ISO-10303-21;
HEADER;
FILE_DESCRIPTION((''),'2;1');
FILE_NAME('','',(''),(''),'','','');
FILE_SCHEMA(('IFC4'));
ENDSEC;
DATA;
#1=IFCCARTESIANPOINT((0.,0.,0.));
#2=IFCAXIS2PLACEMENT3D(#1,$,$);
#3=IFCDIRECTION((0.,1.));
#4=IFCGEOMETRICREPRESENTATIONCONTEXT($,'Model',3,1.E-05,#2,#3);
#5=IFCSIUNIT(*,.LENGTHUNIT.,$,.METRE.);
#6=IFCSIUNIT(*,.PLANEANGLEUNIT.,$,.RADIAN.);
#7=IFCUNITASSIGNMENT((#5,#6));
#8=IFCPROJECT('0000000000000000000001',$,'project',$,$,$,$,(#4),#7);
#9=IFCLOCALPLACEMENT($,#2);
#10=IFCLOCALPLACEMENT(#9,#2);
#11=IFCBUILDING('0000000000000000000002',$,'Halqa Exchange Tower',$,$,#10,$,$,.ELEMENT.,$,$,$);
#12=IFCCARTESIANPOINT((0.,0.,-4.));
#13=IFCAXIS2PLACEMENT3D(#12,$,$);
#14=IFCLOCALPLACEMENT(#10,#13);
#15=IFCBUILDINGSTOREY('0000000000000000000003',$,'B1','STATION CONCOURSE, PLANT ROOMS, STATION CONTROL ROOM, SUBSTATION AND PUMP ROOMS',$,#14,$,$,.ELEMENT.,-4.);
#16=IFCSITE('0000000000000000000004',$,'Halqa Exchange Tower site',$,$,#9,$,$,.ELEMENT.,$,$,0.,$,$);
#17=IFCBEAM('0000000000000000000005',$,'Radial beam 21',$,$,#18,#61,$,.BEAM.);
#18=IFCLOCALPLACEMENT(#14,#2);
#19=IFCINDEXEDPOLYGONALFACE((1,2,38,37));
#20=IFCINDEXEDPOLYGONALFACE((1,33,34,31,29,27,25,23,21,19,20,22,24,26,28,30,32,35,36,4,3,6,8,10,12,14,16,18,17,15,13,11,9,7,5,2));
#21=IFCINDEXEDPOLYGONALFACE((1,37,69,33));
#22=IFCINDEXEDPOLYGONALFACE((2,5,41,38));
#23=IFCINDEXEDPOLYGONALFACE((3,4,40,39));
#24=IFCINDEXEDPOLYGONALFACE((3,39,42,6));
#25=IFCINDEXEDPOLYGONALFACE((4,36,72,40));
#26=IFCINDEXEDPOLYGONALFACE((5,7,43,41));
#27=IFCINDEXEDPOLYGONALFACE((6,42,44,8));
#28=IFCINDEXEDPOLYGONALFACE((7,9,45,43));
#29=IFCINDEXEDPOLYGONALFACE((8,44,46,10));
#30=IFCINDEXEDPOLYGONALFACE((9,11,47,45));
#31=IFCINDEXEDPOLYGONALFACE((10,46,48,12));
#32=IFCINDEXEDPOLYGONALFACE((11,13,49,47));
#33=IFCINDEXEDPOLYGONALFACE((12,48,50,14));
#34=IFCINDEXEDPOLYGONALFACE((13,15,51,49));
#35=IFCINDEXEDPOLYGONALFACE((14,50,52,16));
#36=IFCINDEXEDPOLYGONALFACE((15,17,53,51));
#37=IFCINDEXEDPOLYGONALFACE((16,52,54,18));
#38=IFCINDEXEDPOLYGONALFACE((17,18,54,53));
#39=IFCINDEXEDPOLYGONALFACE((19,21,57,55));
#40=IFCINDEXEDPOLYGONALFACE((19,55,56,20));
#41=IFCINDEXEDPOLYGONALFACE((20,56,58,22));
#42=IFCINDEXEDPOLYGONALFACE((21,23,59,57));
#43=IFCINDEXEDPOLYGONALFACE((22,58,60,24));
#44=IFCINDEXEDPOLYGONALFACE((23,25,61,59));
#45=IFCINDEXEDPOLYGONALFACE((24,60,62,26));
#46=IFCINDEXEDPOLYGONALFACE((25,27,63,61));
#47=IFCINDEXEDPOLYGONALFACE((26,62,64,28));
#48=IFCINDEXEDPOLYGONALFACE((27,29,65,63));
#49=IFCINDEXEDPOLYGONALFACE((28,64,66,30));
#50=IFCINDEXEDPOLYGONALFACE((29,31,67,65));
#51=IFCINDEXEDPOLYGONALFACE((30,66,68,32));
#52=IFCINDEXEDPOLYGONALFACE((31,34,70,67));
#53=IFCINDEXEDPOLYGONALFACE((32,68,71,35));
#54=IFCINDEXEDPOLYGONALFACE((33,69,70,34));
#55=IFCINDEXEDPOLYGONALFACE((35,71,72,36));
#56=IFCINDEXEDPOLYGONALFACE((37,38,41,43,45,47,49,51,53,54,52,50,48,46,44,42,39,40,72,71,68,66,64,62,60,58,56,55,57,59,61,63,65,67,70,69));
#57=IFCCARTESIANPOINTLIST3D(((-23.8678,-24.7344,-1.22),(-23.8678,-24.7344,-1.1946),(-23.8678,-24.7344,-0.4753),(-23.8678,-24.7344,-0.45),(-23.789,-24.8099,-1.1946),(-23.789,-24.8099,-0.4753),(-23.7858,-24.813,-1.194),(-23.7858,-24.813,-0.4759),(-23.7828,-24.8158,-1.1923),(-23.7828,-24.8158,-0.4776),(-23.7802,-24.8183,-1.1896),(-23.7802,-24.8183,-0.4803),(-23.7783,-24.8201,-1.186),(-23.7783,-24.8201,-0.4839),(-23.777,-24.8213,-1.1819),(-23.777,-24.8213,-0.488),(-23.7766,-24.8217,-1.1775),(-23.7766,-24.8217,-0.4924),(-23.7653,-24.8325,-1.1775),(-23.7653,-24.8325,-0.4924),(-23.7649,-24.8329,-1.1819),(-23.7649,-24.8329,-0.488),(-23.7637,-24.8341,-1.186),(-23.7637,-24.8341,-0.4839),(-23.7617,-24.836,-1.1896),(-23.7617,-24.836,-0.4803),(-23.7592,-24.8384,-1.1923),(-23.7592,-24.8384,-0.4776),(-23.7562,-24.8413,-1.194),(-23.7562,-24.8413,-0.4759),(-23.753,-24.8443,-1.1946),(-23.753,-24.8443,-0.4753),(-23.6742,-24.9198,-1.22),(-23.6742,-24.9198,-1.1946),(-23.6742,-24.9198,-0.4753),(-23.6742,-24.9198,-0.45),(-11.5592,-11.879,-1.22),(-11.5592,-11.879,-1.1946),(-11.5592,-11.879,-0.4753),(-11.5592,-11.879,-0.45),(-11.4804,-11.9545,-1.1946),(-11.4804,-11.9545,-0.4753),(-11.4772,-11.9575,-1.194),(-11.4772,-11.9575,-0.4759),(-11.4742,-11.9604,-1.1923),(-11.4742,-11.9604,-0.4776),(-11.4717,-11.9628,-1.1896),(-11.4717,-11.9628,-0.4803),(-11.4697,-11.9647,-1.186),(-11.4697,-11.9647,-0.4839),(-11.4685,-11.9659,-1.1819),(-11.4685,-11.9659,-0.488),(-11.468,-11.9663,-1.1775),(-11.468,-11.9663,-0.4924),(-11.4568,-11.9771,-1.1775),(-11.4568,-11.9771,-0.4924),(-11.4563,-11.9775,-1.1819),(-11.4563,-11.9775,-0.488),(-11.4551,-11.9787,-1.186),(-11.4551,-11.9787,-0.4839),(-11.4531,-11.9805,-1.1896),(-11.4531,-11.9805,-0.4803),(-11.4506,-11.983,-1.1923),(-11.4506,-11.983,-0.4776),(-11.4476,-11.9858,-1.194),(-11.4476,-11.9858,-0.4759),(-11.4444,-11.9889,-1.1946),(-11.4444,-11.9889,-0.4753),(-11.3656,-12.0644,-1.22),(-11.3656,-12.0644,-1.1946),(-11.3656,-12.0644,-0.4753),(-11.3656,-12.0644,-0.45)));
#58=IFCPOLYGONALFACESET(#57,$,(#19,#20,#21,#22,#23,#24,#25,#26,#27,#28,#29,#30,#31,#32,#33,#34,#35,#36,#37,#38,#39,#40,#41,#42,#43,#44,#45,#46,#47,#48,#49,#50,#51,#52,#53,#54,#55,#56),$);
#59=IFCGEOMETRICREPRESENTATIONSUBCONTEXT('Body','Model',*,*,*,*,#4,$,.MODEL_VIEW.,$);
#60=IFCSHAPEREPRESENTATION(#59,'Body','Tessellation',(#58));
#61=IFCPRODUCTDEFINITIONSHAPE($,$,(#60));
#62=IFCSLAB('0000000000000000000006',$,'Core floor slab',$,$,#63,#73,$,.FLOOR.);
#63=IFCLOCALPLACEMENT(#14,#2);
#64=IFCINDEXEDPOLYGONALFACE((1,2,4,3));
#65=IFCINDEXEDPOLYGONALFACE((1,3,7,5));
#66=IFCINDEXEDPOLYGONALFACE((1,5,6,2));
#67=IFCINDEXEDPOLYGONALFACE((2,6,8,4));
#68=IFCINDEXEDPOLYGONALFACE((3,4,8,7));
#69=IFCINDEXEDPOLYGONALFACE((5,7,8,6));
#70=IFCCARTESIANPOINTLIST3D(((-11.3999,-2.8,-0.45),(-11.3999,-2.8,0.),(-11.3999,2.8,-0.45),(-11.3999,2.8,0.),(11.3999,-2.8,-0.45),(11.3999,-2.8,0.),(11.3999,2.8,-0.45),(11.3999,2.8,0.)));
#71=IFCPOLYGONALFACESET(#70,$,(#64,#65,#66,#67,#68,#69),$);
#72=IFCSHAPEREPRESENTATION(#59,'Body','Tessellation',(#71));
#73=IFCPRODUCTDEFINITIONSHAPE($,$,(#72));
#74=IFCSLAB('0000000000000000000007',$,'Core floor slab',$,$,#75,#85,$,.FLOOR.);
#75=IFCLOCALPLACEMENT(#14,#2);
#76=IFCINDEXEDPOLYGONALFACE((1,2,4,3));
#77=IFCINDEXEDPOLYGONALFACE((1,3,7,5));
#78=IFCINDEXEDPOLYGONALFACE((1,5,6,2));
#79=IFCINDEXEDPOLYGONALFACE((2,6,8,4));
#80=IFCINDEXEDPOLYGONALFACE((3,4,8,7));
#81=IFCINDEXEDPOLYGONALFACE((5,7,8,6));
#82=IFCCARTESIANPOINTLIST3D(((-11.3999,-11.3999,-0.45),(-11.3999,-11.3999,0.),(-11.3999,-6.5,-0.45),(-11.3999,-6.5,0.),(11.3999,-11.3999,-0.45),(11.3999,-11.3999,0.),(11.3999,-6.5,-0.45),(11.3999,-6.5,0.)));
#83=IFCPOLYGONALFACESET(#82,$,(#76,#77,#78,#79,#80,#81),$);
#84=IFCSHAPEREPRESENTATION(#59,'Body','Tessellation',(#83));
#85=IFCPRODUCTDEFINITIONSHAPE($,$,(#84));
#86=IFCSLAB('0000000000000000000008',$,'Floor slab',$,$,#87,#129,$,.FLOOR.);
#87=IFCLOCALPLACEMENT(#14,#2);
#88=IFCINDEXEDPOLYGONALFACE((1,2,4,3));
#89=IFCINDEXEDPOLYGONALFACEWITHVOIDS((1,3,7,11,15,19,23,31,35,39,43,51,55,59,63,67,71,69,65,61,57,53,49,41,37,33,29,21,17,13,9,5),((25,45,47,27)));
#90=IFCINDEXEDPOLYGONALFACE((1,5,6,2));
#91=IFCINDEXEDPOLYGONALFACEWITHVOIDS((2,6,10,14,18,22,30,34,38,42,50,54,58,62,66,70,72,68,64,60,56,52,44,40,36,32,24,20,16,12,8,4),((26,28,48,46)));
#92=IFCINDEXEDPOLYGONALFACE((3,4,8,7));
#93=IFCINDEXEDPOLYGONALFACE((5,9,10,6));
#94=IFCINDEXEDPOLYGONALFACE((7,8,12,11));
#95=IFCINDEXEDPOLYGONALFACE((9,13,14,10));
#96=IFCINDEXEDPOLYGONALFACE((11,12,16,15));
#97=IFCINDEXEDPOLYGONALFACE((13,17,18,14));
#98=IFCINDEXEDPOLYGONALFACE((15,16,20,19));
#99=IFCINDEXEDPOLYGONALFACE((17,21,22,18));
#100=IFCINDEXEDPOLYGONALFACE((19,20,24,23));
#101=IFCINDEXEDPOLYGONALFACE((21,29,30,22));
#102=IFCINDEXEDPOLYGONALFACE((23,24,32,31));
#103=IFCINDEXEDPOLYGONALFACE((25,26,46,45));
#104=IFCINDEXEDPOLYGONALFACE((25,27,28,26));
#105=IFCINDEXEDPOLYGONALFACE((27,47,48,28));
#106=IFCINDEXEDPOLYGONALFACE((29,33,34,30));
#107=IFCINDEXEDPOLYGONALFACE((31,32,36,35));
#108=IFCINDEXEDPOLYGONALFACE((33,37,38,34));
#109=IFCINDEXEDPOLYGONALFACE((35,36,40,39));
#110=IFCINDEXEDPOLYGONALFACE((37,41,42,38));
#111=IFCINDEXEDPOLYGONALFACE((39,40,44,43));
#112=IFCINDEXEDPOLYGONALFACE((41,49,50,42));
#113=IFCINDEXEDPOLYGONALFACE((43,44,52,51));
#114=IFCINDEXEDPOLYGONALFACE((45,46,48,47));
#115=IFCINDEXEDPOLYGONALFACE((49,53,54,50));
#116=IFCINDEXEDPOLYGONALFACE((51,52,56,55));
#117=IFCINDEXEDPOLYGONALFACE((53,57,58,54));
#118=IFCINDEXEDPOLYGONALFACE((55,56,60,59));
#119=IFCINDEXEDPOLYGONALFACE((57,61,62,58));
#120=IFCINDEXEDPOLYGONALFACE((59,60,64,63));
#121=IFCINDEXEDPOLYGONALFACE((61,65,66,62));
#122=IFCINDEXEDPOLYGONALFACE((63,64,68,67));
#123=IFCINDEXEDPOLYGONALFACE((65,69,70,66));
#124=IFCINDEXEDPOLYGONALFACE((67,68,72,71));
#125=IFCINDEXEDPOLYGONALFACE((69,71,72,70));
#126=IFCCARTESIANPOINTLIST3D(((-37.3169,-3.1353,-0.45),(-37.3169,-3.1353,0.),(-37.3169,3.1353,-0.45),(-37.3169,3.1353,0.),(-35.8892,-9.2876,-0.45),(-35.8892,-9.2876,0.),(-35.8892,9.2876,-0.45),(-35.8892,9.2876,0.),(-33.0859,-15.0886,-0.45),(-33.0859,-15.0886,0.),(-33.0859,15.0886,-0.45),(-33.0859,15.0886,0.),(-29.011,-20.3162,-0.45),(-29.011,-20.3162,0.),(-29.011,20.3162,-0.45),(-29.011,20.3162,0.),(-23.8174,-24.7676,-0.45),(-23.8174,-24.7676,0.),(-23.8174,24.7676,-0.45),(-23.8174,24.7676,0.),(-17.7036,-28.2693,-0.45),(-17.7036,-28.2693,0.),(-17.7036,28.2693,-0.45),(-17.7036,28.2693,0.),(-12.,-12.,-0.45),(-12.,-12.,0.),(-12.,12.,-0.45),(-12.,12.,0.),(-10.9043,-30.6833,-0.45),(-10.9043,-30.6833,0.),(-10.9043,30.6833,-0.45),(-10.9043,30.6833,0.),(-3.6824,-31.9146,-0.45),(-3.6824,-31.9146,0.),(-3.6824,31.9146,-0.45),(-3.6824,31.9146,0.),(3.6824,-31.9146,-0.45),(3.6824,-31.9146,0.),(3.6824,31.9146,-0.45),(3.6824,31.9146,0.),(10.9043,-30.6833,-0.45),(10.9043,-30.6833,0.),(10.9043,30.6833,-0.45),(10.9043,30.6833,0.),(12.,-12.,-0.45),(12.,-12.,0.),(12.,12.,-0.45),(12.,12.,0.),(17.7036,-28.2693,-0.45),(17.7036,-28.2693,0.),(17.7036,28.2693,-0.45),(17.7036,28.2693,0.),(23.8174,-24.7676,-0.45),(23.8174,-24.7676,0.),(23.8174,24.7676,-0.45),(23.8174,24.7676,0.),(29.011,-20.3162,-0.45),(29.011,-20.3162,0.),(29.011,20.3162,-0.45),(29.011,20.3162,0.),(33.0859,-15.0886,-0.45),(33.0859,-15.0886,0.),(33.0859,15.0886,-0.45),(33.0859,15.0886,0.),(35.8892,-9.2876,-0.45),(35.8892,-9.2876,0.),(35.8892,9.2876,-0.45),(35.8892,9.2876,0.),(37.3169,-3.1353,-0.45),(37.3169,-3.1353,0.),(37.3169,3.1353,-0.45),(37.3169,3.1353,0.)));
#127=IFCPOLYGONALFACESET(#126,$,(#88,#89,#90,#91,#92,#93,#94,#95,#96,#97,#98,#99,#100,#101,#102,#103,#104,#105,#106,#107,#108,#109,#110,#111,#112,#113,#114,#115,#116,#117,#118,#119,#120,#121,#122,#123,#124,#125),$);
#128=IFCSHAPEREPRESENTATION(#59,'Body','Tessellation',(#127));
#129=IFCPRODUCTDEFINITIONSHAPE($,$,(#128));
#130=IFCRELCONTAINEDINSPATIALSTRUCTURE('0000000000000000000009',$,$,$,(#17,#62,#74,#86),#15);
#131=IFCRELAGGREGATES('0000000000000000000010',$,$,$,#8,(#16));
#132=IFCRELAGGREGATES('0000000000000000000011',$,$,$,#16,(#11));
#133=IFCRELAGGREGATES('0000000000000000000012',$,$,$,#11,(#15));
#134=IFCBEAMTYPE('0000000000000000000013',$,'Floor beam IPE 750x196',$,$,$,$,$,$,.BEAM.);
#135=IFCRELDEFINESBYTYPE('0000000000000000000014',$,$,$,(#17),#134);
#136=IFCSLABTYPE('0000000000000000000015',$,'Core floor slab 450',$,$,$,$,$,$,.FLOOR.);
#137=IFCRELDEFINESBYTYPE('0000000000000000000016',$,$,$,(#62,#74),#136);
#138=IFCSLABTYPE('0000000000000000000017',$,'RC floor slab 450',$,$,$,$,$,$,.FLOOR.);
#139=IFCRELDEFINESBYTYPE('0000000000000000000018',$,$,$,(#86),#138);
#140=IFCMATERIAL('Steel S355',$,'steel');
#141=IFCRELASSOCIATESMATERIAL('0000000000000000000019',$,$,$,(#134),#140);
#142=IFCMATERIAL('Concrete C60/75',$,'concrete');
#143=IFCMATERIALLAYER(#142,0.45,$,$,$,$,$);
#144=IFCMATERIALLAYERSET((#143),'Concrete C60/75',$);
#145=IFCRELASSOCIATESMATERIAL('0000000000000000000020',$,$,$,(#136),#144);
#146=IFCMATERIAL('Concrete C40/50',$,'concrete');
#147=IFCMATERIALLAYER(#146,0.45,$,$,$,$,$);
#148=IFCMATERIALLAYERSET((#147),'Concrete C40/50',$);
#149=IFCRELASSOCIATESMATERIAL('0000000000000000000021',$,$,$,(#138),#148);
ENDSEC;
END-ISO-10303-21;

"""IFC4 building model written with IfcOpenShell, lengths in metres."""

from ifc_helpers import new_model, si_unit, direction, frame, origin, origin_2d, place, context, subcontext, project, spatial, polyline, i_section, outline, extrude, material, layer, layer_set, material_profile, profile_set, type_object, element, save


model = new_model("IFC4")

# Units and contexts
model_context = context("Model", 3, precision=1e-05, world=origin(), true_north=direction((0.0, 1.0)))
body_context = subcontext(model_context, "Body", "Model", "MODEL_VIEW")
ifc_project = project(units=[si_unit("LENGTHUNIT", "METRE"), si_unit("PLANEANGLEUNIT", "RADIAN")], contexts=[model_context])

# Site, building, storey
site_placement = place(None, origin())
site = spatial("IfcSite", under=ifc_project, at=site_placement, Name="Halqa Exchange Tower site", CompositionType="ELEMENT", RefElevation=0.0)
building_placement = place(site_placement, origin())
building = spatial("IfcBuilding", under=site, at=building_placement, Name="Halqa Exchange Tower", CompositionType="ELEMENT")
storey_placement = place(building_placement, frame((0.0, 0.0, -4.0)))
storey = spatial("IfcBuildingStorey", under=building, at=storey_placement, Name="B1", Description="STATION CONCOURSE, PLANT ROOMS, STATION CONTROL ROOM, SUBSTATION AND PUMP ROOMS", CompositionType="ELEMENT", Elevation=-4.0)

# Beam
ifc_material_1 = material(Name="Steel S355", Category="steel")
ifc_material_profile_1 = material_profile(ifc_material_1, i_section(OverallWidth=0.2681, OverallDepth=0.77, WebThickness=0.0156, FlangeThickness=0.0254, FilletRadius=0.0171, at=origin_2d()), Name="IPE 750x196")
ifc_profile_set_1 = profile_set([ifc_material_profile_1], Name="Steel S355")
beam_type_1 = type_object("IfcBeamType", Name="Floor beam IPE 750x196", PredefinedType="BEAM", material=ifc_profile_set_1)
beam_1_placement = place(storey_placement, frame((-11.4624, -11.9717, -0.835), z_axis=(-0.691576, -0.722303, 0.0), x_axis=(0.722303, -0.691576, 0.0)))
element("IfcBeam", 1, at=beam_1_placement, inside=storey, type_object=beam_type_1, Name="Radial beam 21", PredefinedType="BEAM", context=body_context, shape_type="SweptSolid", body=[
    extrude(i_section(OverallWidth=0.2681, OverallDepth=0.77, WebThickness=0.0156, FlangeThickness=0.0254, FilletRadius=0.0171, at=origin_2d()), origin(), (0.0, 0.0, 1.0), 17.7979),
])

# Slabs
ifc_material_2 = material(Name="Concrete C60/75", Category="concrete")
ifc_layer_1 = layer(ifc_material_2, 0.45)
ifc_layer_set_1 = layer_set([ifc_layer_1], Name="Concrete C60/75")
slab_type_1 = type_object("IfcSlabType", Name="Core floor slab 450", PredefinedType="FLOOR", material=ifc_layer_set_1)
slab_1_placement = place(storey_placement, frame((0.0, 0.0, -0.45)))
element("IfcSlab", 2, at=slab_1_placement, inside=storey, type_object=slab_type_1, Name="Core floor slab", PredefinedType="FLOOR", context=body_context, shape_type="SweptSolid", body=[
    extrude(outline(polyline([(11.3999, 2.8), (11.3999, -2.8), (-11.3999, -2.8), (-11.3999, 2.8), (11.3999, 2.8)])), origin(), (0.0, 0.0, 1.0), 0.45),
])
slab_2_placement = place(storey_placement, frame((0.0, 0.0, -0.45)))
element("IfcSlab", 3, at=slab_2_placement, inside=storey, type_object=slab_type_1, Name="Core floor slab", PredefinedType="FLOOR", context=body_context, shape_type="SweptSolid", body=[
    extrude(outline(polyline([(-11.3999, -6.5), (11.3999, -6.5), (11.3999, -11.3999), (-11.3999, -11.3999), (-11.3999, -6.5)])), origin(), (0.0, 0.0, 1.0), 0.45),
])
ifc_material_3 = material(Name="Concrete C40/50", Category="concrete")
ifc_layer_2 = layer(ifc_material_3, 0.45)
ifc_layer_set_2 = layer_set([ifc_layer_2], Name="Concrete C40/50")
slab_type_2 = type_object("IfcSlabType", Name="RC floor slab 450", PredefinedType="FLOOR", material=ifc_layer_set_2)
slab_3_placement = place(storey_placement, frame((0.0, 0.0, -0.45)))
element("IfcSlab", 4, at=slab_3_placement, inside=storey, type_object=slab_type_2, Name="Floor slab", PredefinedType="FLOOR", context=body_context, shape_type="SweptSolid", body=[
    extrude(outline(polyline([(37.3169, 3.1353), (37.3169, -3.1353), (35.8892, -9.2876), (33.0859, -15.0886), (29.011, -20.3162), (23.8174, -24.7676), (17.7036, -28.2693), (10.9043, -30.6833), (3.6824, -31.9146), (-3.6824, -31.9146), (-10.9043, -30.6833), (-17.7036, -28.2693), (-23.8174, -24.7676), (-29.011, -20.3162), (-33.0859, -15.0886), (-35.8892, -9.2876), (-37.3169, -3.1353), (-37.3169, 3.1353), (-35.8892, 9.2876), (-33.0859, 15.0886), (-29.011, 20.3162), (-23.8174, 24.7676), (-17.7036, 28.2693), (-10.9043, 30.6833), (-3.6824, 31.9146), (3.6824, 31.9146), (10.9043, 30.6833), (17.7036, 28.2693), (23.8174, 24.7676), (29.011, 20.3162), (33.0859, 15.0886), (35.8892, 9.2876), (37.3169, 3.1353)]), holes=[polyline([(-12.0, -12.0), (12.0, -12.0), (12.0, 12.0), (-12.0, 12.0), (-12.0, -12.0)])]), origin(), (0.0, 0.0, 1.0), 0.45),
])

save(model, "model.ifc")
